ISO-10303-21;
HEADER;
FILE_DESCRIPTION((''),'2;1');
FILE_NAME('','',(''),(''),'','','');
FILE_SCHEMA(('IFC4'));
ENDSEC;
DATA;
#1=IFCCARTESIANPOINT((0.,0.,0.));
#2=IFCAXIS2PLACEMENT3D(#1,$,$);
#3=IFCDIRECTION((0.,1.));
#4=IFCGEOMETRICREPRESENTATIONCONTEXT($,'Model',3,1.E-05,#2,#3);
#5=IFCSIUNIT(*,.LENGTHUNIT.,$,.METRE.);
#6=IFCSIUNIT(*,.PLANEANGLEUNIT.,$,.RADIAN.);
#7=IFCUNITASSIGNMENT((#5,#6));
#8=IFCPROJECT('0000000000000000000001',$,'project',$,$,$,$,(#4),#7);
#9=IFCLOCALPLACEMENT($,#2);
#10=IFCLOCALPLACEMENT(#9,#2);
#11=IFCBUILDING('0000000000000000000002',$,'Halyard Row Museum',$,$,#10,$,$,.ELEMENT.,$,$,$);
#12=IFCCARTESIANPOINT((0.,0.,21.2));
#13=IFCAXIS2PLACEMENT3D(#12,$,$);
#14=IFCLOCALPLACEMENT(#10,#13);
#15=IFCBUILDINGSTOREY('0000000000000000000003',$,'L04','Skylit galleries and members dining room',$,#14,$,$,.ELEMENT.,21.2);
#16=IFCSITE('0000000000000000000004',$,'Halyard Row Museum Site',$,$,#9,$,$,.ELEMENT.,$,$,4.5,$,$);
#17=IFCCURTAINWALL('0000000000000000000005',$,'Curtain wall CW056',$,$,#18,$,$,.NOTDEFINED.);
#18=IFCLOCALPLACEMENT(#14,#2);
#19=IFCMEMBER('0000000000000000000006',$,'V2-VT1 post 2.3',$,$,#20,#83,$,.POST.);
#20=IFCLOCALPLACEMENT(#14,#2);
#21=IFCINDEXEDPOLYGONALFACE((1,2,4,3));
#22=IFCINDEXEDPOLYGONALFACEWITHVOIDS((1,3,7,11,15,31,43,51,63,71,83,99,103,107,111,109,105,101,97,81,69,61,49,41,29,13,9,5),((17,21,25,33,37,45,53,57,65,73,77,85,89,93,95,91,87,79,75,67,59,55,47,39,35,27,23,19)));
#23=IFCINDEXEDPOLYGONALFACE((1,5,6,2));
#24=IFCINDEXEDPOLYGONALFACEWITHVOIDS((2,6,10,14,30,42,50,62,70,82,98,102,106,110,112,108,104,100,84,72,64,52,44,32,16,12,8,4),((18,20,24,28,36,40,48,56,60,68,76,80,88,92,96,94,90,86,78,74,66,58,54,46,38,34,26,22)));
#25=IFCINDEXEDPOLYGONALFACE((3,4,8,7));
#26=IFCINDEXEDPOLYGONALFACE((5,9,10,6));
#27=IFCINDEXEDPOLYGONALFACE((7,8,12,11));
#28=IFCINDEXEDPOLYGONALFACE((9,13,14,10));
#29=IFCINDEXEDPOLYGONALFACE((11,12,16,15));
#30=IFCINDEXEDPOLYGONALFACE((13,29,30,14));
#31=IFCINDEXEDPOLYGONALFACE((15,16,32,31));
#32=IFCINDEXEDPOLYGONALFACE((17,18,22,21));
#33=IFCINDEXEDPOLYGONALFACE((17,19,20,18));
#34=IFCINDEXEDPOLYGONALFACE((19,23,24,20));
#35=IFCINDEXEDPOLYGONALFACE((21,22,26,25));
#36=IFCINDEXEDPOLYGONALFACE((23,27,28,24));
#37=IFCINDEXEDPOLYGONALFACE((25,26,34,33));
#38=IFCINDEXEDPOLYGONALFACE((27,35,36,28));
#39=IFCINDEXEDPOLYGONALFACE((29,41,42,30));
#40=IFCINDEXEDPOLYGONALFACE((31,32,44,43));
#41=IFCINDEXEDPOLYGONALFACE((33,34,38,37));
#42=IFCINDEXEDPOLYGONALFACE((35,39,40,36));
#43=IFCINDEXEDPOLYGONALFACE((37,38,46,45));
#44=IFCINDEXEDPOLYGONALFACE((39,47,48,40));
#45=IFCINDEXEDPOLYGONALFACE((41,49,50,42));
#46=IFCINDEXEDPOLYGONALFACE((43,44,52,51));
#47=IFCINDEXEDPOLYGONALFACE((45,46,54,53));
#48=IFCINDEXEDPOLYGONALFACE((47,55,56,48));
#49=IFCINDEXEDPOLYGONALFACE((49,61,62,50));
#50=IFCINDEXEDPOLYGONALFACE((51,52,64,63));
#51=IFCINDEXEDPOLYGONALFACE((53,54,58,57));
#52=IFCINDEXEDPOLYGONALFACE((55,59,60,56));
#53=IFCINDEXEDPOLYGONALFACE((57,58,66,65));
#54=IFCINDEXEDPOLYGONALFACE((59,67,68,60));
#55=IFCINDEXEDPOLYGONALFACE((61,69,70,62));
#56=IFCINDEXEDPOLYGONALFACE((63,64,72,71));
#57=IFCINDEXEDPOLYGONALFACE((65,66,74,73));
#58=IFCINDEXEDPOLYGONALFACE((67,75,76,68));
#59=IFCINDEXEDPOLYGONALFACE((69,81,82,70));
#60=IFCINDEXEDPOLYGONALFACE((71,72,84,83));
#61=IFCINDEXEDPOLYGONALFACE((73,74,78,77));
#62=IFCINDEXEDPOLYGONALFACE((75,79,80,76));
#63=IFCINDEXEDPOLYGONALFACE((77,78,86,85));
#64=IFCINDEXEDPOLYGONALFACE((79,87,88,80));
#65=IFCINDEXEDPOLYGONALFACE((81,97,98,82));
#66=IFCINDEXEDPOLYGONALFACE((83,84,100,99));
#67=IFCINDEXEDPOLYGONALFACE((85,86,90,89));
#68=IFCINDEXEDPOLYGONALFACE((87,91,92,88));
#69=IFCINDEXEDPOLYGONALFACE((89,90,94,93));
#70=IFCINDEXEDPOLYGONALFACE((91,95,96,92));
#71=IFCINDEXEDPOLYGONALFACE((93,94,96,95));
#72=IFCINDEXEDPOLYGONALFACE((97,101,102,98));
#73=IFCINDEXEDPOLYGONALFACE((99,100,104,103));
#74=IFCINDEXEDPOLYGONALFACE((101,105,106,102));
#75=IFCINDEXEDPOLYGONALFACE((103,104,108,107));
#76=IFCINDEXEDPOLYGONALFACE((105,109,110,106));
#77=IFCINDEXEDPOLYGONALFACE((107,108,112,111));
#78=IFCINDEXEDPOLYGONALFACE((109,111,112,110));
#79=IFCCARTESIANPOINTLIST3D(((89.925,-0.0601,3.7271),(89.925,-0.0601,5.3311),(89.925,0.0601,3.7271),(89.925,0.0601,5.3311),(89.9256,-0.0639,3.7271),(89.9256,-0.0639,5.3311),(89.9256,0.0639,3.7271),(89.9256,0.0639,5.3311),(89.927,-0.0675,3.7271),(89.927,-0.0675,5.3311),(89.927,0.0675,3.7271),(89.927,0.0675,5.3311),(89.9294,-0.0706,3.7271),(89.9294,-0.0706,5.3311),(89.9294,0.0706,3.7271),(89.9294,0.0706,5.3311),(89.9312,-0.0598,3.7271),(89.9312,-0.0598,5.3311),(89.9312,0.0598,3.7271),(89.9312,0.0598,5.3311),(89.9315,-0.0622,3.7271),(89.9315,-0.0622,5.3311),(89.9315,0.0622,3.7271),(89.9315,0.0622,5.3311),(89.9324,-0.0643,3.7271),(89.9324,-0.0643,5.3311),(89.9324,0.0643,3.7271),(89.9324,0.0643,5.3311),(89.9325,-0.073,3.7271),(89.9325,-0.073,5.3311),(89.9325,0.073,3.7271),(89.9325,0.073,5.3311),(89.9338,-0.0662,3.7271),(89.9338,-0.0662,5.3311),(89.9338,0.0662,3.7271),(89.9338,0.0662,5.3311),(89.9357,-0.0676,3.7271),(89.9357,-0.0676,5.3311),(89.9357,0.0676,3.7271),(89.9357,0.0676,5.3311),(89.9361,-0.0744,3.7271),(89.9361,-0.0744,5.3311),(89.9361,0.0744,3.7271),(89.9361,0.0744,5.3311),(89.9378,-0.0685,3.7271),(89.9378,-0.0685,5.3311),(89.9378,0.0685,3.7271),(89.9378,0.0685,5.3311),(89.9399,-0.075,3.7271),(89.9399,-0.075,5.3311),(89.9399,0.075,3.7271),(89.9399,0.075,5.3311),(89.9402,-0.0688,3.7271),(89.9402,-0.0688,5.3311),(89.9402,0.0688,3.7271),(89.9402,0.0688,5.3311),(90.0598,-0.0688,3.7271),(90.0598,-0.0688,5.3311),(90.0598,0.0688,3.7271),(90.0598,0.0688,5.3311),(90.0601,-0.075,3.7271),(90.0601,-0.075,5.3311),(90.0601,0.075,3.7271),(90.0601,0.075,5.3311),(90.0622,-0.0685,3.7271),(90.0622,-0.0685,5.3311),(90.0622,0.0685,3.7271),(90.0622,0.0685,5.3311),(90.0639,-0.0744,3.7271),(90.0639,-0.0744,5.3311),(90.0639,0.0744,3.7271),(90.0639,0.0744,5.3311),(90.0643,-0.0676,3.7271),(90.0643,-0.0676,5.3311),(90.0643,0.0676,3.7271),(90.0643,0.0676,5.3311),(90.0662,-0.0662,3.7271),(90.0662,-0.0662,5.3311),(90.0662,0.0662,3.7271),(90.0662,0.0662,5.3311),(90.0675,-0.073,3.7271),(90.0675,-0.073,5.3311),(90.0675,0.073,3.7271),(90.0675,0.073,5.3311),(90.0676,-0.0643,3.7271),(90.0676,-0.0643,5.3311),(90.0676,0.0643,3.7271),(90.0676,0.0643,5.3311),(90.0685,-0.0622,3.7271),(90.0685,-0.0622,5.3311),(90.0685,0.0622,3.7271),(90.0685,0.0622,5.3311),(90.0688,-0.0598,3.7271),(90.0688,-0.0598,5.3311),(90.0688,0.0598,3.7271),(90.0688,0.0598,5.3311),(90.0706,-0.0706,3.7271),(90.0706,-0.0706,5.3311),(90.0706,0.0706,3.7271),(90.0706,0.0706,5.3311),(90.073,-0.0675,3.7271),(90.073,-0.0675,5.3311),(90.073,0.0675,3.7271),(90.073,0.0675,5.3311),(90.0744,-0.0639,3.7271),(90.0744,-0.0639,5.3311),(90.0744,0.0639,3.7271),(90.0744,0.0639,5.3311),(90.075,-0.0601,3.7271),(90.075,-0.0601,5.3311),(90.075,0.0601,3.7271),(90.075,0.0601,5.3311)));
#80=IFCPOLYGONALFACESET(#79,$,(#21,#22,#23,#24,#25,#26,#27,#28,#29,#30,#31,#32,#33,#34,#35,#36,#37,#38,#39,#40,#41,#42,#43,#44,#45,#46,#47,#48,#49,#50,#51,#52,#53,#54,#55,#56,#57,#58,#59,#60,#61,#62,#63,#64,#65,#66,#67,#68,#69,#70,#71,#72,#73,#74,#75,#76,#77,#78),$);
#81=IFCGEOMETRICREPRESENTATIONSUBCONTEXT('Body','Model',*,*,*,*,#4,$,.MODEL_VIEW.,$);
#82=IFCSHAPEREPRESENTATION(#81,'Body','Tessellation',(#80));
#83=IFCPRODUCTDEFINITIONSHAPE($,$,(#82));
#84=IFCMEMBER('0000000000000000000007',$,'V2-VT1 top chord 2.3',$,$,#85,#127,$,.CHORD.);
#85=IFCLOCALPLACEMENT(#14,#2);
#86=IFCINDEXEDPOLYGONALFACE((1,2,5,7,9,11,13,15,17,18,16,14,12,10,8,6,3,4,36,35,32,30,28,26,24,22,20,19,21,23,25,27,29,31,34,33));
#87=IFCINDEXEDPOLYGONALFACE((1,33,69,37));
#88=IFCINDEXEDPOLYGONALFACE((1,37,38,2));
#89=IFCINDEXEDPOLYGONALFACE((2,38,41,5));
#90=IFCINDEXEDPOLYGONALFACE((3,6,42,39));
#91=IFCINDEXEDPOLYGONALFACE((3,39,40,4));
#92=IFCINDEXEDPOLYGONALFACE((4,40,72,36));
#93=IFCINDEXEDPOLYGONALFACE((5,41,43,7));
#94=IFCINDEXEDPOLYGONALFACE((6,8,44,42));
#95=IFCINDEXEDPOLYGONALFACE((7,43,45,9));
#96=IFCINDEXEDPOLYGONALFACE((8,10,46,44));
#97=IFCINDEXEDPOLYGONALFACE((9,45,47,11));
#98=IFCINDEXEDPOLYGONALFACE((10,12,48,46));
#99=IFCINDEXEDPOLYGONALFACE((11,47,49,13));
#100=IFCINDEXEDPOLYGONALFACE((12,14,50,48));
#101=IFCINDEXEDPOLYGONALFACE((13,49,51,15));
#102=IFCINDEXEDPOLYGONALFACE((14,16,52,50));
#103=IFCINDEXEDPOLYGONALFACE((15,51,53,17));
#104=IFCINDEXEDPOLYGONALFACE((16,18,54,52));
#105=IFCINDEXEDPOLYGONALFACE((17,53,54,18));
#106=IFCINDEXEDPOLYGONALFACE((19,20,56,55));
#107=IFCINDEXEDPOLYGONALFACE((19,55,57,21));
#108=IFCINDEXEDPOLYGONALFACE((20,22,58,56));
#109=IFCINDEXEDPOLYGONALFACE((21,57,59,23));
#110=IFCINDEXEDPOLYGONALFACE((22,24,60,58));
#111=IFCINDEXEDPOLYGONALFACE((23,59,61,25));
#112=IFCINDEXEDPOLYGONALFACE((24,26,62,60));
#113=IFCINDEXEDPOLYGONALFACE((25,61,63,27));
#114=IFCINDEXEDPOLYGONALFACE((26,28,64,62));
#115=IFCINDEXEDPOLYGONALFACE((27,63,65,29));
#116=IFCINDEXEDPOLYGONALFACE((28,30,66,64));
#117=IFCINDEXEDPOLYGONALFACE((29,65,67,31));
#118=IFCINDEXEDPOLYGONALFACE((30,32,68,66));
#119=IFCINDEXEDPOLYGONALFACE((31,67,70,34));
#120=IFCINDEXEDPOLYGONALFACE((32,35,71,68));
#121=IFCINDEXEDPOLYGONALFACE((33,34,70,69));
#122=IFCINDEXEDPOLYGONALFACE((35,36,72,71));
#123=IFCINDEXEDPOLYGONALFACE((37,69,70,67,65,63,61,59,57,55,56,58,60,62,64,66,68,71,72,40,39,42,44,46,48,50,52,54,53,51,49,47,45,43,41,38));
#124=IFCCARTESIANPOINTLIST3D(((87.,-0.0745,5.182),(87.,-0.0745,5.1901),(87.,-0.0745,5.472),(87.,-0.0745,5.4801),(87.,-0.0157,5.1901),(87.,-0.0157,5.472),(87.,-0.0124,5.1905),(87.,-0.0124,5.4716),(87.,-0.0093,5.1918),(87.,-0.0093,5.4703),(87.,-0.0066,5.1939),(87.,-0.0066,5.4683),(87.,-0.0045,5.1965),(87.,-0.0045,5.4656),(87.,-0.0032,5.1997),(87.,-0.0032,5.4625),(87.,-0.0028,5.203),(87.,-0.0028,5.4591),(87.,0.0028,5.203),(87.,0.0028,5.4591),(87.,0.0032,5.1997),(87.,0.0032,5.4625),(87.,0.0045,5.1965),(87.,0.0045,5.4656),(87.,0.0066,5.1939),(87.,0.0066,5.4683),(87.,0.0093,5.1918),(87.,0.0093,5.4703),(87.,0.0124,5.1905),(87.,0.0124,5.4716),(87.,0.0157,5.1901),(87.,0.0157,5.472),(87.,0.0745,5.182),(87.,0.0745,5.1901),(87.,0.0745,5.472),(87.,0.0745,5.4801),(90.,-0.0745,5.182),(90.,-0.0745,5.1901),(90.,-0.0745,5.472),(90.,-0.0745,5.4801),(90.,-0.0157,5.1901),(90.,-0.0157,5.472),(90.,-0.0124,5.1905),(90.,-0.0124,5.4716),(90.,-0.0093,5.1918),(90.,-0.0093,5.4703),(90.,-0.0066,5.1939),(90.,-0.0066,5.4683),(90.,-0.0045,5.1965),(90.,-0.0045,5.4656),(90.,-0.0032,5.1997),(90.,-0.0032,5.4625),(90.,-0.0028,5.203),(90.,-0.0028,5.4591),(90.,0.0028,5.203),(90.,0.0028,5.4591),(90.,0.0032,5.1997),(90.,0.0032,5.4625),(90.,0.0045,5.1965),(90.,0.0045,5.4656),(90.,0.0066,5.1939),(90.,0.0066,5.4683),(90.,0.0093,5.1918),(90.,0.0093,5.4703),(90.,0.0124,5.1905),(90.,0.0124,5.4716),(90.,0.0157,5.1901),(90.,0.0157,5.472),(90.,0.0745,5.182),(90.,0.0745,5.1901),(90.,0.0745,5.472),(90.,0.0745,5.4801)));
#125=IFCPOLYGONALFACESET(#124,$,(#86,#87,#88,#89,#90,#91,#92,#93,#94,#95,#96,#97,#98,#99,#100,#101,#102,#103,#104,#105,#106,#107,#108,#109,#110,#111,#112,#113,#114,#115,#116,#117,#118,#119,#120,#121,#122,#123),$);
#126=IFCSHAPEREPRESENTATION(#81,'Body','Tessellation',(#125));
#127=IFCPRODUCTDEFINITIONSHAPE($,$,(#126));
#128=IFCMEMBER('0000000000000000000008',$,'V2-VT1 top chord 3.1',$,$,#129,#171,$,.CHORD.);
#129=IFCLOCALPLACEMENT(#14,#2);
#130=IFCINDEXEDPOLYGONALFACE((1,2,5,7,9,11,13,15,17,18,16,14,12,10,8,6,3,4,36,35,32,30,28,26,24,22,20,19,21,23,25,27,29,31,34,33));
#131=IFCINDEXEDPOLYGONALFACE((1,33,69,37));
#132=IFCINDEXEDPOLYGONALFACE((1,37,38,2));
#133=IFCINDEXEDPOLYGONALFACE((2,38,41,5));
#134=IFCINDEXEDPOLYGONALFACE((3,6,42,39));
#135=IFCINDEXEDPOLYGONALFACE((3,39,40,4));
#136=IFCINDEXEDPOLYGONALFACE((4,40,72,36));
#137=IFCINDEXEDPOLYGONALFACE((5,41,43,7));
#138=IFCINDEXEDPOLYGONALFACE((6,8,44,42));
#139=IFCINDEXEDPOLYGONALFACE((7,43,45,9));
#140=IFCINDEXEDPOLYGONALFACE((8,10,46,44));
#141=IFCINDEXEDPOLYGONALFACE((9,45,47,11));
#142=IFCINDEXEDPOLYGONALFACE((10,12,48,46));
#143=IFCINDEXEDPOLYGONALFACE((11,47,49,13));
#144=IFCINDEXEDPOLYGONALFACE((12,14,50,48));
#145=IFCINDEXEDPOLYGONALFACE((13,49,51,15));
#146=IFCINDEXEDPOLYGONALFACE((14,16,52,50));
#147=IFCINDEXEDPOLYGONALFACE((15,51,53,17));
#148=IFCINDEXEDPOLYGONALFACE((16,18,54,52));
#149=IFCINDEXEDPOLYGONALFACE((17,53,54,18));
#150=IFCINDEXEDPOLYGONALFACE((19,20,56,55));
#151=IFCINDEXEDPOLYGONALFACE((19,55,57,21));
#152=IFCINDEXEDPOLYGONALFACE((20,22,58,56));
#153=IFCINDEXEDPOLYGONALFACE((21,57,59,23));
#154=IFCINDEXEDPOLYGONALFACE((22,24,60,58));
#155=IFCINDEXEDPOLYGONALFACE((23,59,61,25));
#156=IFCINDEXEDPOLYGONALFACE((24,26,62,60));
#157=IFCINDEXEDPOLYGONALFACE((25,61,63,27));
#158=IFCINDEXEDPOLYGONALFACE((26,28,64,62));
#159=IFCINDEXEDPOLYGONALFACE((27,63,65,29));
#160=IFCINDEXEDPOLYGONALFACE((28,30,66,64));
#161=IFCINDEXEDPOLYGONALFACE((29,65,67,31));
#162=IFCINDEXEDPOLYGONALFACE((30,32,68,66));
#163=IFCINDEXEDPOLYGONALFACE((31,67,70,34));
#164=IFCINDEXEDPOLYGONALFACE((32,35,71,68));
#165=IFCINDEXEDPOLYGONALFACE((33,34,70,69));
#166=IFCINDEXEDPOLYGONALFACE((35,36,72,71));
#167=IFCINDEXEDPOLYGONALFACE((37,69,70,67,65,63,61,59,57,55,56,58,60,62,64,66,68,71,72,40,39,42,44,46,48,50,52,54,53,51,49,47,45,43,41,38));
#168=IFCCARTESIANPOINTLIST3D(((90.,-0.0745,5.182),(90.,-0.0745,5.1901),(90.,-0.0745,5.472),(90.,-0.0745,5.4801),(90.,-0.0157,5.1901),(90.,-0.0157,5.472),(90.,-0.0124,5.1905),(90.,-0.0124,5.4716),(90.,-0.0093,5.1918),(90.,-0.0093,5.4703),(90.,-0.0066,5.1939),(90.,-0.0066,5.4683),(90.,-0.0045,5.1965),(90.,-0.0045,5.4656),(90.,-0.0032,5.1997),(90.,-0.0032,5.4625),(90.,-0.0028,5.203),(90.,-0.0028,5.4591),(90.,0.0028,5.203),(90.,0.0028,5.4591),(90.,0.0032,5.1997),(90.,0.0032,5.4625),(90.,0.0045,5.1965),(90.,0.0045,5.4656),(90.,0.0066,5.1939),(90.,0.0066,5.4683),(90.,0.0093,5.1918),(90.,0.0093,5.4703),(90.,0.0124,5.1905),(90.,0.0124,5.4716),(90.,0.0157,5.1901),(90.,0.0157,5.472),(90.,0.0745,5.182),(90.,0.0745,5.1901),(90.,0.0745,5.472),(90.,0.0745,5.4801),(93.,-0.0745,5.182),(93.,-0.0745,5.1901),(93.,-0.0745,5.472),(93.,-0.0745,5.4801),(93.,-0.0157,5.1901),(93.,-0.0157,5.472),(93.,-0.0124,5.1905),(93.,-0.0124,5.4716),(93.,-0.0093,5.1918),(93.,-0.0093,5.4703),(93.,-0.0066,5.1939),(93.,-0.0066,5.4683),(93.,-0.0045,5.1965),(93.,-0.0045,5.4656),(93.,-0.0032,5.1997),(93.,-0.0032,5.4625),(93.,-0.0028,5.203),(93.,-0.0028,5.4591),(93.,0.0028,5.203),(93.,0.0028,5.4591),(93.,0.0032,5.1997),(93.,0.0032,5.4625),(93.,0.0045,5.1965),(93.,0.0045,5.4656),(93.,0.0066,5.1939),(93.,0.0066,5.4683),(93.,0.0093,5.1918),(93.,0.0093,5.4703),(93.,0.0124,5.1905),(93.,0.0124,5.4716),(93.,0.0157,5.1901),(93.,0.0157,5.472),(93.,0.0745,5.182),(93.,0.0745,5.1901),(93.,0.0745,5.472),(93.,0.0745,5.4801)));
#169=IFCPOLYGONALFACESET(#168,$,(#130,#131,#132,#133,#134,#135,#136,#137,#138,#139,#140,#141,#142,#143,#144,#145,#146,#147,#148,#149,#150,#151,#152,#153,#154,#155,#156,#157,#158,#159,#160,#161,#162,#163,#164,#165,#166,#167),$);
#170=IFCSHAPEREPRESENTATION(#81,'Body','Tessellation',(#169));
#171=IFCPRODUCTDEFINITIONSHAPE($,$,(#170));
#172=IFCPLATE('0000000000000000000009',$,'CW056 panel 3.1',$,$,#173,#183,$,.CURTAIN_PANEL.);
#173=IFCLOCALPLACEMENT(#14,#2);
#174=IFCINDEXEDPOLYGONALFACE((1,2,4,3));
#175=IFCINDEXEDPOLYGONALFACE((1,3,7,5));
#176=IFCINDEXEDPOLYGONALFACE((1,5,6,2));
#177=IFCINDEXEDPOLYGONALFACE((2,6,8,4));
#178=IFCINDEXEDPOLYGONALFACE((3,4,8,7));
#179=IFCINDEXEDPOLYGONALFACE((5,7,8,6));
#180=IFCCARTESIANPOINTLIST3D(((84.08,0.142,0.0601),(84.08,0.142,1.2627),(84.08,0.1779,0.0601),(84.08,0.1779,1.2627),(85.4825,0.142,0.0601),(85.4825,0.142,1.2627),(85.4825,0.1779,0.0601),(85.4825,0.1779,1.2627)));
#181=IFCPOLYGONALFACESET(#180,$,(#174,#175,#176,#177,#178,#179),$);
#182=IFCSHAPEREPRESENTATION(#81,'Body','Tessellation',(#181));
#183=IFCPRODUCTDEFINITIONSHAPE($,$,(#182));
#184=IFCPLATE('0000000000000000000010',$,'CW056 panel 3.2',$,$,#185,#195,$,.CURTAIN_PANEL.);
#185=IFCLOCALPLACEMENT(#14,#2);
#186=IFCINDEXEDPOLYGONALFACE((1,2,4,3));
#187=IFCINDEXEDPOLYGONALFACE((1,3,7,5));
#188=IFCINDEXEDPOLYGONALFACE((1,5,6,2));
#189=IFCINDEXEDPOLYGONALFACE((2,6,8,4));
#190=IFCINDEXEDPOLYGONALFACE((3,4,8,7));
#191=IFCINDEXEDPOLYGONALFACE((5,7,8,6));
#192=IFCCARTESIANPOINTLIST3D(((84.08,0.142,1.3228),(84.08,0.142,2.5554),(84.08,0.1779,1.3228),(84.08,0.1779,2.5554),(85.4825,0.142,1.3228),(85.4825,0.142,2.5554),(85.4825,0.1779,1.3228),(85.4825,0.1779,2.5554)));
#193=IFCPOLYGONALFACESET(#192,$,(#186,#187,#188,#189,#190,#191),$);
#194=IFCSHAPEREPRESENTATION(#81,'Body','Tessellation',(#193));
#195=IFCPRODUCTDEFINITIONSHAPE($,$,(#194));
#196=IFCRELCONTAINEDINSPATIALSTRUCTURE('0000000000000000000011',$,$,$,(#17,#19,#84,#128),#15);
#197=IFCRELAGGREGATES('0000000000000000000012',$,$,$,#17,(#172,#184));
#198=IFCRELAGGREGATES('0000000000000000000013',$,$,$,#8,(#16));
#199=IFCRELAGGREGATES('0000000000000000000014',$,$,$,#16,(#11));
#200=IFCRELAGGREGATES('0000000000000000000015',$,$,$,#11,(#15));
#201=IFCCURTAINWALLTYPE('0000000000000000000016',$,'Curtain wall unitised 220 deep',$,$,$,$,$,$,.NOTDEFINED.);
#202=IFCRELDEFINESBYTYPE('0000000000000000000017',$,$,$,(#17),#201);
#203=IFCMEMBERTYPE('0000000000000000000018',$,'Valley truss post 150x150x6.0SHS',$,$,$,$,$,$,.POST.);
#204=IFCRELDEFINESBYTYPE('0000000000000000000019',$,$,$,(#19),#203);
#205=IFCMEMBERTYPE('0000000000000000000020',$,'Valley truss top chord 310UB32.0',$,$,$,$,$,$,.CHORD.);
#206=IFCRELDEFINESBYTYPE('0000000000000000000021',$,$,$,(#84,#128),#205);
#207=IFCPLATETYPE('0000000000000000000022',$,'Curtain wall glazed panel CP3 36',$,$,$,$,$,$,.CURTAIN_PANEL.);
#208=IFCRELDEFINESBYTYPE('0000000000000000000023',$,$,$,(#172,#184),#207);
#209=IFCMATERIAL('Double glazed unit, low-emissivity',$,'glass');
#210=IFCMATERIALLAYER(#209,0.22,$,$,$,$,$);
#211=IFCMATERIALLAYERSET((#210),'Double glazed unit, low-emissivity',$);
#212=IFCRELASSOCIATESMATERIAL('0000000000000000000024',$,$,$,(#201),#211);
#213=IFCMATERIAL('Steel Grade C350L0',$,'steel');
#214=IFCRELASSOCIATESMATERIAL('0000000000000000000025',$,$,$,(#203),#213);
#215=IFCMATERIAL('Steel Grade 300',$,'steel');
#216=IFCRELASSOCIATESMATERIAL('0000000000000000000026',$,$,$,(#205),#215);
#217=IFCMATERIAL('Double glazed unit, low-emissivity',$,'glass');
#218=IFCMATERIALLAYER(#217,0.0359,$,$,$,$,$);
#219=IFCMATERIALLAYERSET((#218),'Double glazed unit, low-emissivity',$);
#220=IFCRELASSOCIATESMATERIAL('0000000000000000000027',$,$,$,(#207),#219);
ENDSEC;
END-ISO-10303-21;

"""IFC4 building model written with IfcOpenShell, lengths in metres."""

from ifc_helpers import new_model, si_unit, direction, frame, origin, origin_2d, place, context, subcontext, project, spatial, rectangle, hollow_rectangle, i_section, extrude, material, layer, layer_set, material_profile, profile_set, type_object, element, aggregate, save


model = new_model("IFC4")

# Units and contexts
model_context = context("Model", 3, precision=1e-05, world=origin(), true_north=direction((0.0, 1.0)))
body_context = subcontext(model_context, "Body", "Model", "MODEL_VIEW")
ifc_project = project(units=[si_unit("LENGTHUNIT", "METRE"), si_unit("PLANEANGLEUNIT", "RADIAN")], contexts=[model_context])

# Site, building, storey
site_placement = place(None, origin())
site = spatial("IfcSite", under=ifc_project, at=site_placement, Name="Halyard Row Museum Site", CompositionType="ELEMENT", RefElevation=4.5)
building_placement = place(site_placement, origin())
building = spatial("IfcBuilding", under=site, at=building_placement, Name="Halyard Row Museum", CompositionType="ELEMENT")
storey_placement = place(building_placement, frame((0.0, 0.0, 21.2)))
storey = spatial("IfcBuildingStorey", under=building, at=storey_placement, Name="L04", Description="Skylit galleries and members dining room", CompositionType="ELEMENT", Elevation=21.2)

# Curtain wall
ifc_material_1 = material(Name="Double glazed unit, low-emissivity", Category="glass")
ifc_layer_1 = layer(ifc_material_1, 0.22)
ifc_layer_set_1 = layer_set([ifc_layer_1], Name="Double glazed unit, low-emissivity")
curtain_wall_type = type_object("IfcCurtainWallType", Name="Curtain wall unitised 220 deep", PredefinedType="NOTDEFINED", material=ifc_layer_set_1)
curtain_wall_placement = place(storey_placement, origin())
curtain_wall = element("IfcCurtainWall", 1, at=curtain_wall_placement, inside=storey, type_object=curtain_wall_type, Name="Curtain wall CW056", PredefinedType="NOTDEFINED")

# Members
ifc_material_2 = material(Name="Steel Grade C350L0", Category="steel")
ifc_material_profile_1 = material_profile(ifc_material_2, hollow_rectangle(XDim=0.1499, YDim=0.1499, WallThickness=0.0061, InnerFilletRadius=0.009, OuterFilletRadius=0.0149, at=origin_2d()), Name="150x150x6.0SHS")
ifc_profile_set_1 = profile_set([ifc_material_profile_1], Name="Steel Grade C350L0")
member_type_1 = type_object("IfcMemberType", Name="Valley truss post 150x150x6.0SHS", PredefinedType="POST", material=ifc_profile_set_1)
member_1_placement = place(storey_placement, frame((90.0, 0.0, 3.7271), z_axis=(0.0, 0.0, 1.0), x_axis=(1.0, 0.0, 0.0)))
element("IfcMember", 2, at=member_1_placement, inside=storey, type_object=member_type_1, Name="V2-VT1 post 2.3", PredefinedType="POST", context=body_context, shape_type="SweptSolid", body=[
    extrude(hollow_rectangle(XDim=0.1499, YDim=0.1499, WallThickness=0.0061, InnerFilletRadius=0.009, OuterFilletRadius=0.0149, at=origin_2d()), origin(), (0.0, 0.0, 1.0), 1.604),
])
ifc_material_3 = material(Name="Steel Grade 300", Category="steel")
ifc_material_profile_2 = material_profile(ifc_material_3, i_section(OverallWidth=0.1489, OverallDepth=0.2981, WebThickness=0.0056, FlangeThickness=0.0081, FilletRadius=0.0129, at=origin_2d()), Name="310UB32.0")
ifc_profile_set_2 = profile_set([ifc_material_profile_2], Name="Steel Grade 300")
member_type_2 = type_object("IfcMemberType", Name="Valley truss top chord 310UB32.0", PredefinedType="CHORD", material=ifc_profile_set_2)
for number, where, z_axis, x_axis, name in (
    (3, (87.0, 0.0, 5.3311), (1.0, 0.0, 0.0), (0.0, 1.0, 0.0), "V2-VT1 top chord 2.3"),
    (4, (90.0, 0.0, 5.3311), (1.0, 0.0, 0.0), (0.0, 1.0, 0.0), "V2-VT1 top chord 3.1"),
):
    element("IfcMember", number, at=place(storey_placement, frame(where, z_axis=z_axis, x_axis=x_axis)), inside=storey, type_object=member_type_2, Name=name, PredefinedType="CHORD", context=body_context, shape_type="SweptSolid", body=[
        extrude(i_section(OverallWidth=0.1489, OverallDepth=0.2981, WebThickness=0.0056, FlangeThickness=0.0081, FilletRadius=0.0129, at=origin_2d()), origin(), (0.0, 0.0, 1.0), 3.0),
    ])

# Plates
ifc_material_4 = material(Name="Double glazed unit, low-emissivity", Category="glass")
ifc_layer_2 = layer(ifc_material_4, 0.0359)
ifc_layer_set_2 = layer_set([ifc_layer_2], Name="Double glazed unit, low-emissivity")
plate_type = type_object("IfcPlateType", Name="Curtain wall glazed panel CP3 36", PredefinedType="CURTAIN_PANEL", material=ifc_layer_set_2)
plate_1_placement = place(storey_placement, frame((84.7812, 0.1599, 0.0601), z_axis=(0.0, 0.0, 1.0), x_axis=(1.0, 0.0, 0.0)))
plate_1 = element("IfcPlate", 5, at=plate_1_placement, type_object=plate_type, Name="CW056 panel 3.1", PredefinedType="CURTAIN_PANEL", context=body_context, shape_type="SweptSolid", body=[
    extrude(rectangle(XDim=1.4026, YDim=0.0359, at=origin_2d()), origin(), (0.0, 0.0, 1.0), 1.2026),
])
plate_2_placement = place(storey_placement, frame((84.7812, 0.1599, 1.3228), z_axis=(0.0, 0.0, 1.0), x_axis=(1.0, 0.0, 0.0)))
plate_2 = element("IfcPlate", 6, at=plate_2_placement, type_object=plate_type, Name="CW056 panel 3.2", PredefinedType="CURTAIN_PANEL", context=body_context, shape_type="SweptSolid", body=[
    extrude(rectangle(XDim=1.4026, YDim=0.0359, at=origin_2d()), origin(), (0.0, 0.0, 1.0), 1.2327),
])
aggregate(curtain_wall, [plate_1, plate_2])

save(model, "model.ifc")
